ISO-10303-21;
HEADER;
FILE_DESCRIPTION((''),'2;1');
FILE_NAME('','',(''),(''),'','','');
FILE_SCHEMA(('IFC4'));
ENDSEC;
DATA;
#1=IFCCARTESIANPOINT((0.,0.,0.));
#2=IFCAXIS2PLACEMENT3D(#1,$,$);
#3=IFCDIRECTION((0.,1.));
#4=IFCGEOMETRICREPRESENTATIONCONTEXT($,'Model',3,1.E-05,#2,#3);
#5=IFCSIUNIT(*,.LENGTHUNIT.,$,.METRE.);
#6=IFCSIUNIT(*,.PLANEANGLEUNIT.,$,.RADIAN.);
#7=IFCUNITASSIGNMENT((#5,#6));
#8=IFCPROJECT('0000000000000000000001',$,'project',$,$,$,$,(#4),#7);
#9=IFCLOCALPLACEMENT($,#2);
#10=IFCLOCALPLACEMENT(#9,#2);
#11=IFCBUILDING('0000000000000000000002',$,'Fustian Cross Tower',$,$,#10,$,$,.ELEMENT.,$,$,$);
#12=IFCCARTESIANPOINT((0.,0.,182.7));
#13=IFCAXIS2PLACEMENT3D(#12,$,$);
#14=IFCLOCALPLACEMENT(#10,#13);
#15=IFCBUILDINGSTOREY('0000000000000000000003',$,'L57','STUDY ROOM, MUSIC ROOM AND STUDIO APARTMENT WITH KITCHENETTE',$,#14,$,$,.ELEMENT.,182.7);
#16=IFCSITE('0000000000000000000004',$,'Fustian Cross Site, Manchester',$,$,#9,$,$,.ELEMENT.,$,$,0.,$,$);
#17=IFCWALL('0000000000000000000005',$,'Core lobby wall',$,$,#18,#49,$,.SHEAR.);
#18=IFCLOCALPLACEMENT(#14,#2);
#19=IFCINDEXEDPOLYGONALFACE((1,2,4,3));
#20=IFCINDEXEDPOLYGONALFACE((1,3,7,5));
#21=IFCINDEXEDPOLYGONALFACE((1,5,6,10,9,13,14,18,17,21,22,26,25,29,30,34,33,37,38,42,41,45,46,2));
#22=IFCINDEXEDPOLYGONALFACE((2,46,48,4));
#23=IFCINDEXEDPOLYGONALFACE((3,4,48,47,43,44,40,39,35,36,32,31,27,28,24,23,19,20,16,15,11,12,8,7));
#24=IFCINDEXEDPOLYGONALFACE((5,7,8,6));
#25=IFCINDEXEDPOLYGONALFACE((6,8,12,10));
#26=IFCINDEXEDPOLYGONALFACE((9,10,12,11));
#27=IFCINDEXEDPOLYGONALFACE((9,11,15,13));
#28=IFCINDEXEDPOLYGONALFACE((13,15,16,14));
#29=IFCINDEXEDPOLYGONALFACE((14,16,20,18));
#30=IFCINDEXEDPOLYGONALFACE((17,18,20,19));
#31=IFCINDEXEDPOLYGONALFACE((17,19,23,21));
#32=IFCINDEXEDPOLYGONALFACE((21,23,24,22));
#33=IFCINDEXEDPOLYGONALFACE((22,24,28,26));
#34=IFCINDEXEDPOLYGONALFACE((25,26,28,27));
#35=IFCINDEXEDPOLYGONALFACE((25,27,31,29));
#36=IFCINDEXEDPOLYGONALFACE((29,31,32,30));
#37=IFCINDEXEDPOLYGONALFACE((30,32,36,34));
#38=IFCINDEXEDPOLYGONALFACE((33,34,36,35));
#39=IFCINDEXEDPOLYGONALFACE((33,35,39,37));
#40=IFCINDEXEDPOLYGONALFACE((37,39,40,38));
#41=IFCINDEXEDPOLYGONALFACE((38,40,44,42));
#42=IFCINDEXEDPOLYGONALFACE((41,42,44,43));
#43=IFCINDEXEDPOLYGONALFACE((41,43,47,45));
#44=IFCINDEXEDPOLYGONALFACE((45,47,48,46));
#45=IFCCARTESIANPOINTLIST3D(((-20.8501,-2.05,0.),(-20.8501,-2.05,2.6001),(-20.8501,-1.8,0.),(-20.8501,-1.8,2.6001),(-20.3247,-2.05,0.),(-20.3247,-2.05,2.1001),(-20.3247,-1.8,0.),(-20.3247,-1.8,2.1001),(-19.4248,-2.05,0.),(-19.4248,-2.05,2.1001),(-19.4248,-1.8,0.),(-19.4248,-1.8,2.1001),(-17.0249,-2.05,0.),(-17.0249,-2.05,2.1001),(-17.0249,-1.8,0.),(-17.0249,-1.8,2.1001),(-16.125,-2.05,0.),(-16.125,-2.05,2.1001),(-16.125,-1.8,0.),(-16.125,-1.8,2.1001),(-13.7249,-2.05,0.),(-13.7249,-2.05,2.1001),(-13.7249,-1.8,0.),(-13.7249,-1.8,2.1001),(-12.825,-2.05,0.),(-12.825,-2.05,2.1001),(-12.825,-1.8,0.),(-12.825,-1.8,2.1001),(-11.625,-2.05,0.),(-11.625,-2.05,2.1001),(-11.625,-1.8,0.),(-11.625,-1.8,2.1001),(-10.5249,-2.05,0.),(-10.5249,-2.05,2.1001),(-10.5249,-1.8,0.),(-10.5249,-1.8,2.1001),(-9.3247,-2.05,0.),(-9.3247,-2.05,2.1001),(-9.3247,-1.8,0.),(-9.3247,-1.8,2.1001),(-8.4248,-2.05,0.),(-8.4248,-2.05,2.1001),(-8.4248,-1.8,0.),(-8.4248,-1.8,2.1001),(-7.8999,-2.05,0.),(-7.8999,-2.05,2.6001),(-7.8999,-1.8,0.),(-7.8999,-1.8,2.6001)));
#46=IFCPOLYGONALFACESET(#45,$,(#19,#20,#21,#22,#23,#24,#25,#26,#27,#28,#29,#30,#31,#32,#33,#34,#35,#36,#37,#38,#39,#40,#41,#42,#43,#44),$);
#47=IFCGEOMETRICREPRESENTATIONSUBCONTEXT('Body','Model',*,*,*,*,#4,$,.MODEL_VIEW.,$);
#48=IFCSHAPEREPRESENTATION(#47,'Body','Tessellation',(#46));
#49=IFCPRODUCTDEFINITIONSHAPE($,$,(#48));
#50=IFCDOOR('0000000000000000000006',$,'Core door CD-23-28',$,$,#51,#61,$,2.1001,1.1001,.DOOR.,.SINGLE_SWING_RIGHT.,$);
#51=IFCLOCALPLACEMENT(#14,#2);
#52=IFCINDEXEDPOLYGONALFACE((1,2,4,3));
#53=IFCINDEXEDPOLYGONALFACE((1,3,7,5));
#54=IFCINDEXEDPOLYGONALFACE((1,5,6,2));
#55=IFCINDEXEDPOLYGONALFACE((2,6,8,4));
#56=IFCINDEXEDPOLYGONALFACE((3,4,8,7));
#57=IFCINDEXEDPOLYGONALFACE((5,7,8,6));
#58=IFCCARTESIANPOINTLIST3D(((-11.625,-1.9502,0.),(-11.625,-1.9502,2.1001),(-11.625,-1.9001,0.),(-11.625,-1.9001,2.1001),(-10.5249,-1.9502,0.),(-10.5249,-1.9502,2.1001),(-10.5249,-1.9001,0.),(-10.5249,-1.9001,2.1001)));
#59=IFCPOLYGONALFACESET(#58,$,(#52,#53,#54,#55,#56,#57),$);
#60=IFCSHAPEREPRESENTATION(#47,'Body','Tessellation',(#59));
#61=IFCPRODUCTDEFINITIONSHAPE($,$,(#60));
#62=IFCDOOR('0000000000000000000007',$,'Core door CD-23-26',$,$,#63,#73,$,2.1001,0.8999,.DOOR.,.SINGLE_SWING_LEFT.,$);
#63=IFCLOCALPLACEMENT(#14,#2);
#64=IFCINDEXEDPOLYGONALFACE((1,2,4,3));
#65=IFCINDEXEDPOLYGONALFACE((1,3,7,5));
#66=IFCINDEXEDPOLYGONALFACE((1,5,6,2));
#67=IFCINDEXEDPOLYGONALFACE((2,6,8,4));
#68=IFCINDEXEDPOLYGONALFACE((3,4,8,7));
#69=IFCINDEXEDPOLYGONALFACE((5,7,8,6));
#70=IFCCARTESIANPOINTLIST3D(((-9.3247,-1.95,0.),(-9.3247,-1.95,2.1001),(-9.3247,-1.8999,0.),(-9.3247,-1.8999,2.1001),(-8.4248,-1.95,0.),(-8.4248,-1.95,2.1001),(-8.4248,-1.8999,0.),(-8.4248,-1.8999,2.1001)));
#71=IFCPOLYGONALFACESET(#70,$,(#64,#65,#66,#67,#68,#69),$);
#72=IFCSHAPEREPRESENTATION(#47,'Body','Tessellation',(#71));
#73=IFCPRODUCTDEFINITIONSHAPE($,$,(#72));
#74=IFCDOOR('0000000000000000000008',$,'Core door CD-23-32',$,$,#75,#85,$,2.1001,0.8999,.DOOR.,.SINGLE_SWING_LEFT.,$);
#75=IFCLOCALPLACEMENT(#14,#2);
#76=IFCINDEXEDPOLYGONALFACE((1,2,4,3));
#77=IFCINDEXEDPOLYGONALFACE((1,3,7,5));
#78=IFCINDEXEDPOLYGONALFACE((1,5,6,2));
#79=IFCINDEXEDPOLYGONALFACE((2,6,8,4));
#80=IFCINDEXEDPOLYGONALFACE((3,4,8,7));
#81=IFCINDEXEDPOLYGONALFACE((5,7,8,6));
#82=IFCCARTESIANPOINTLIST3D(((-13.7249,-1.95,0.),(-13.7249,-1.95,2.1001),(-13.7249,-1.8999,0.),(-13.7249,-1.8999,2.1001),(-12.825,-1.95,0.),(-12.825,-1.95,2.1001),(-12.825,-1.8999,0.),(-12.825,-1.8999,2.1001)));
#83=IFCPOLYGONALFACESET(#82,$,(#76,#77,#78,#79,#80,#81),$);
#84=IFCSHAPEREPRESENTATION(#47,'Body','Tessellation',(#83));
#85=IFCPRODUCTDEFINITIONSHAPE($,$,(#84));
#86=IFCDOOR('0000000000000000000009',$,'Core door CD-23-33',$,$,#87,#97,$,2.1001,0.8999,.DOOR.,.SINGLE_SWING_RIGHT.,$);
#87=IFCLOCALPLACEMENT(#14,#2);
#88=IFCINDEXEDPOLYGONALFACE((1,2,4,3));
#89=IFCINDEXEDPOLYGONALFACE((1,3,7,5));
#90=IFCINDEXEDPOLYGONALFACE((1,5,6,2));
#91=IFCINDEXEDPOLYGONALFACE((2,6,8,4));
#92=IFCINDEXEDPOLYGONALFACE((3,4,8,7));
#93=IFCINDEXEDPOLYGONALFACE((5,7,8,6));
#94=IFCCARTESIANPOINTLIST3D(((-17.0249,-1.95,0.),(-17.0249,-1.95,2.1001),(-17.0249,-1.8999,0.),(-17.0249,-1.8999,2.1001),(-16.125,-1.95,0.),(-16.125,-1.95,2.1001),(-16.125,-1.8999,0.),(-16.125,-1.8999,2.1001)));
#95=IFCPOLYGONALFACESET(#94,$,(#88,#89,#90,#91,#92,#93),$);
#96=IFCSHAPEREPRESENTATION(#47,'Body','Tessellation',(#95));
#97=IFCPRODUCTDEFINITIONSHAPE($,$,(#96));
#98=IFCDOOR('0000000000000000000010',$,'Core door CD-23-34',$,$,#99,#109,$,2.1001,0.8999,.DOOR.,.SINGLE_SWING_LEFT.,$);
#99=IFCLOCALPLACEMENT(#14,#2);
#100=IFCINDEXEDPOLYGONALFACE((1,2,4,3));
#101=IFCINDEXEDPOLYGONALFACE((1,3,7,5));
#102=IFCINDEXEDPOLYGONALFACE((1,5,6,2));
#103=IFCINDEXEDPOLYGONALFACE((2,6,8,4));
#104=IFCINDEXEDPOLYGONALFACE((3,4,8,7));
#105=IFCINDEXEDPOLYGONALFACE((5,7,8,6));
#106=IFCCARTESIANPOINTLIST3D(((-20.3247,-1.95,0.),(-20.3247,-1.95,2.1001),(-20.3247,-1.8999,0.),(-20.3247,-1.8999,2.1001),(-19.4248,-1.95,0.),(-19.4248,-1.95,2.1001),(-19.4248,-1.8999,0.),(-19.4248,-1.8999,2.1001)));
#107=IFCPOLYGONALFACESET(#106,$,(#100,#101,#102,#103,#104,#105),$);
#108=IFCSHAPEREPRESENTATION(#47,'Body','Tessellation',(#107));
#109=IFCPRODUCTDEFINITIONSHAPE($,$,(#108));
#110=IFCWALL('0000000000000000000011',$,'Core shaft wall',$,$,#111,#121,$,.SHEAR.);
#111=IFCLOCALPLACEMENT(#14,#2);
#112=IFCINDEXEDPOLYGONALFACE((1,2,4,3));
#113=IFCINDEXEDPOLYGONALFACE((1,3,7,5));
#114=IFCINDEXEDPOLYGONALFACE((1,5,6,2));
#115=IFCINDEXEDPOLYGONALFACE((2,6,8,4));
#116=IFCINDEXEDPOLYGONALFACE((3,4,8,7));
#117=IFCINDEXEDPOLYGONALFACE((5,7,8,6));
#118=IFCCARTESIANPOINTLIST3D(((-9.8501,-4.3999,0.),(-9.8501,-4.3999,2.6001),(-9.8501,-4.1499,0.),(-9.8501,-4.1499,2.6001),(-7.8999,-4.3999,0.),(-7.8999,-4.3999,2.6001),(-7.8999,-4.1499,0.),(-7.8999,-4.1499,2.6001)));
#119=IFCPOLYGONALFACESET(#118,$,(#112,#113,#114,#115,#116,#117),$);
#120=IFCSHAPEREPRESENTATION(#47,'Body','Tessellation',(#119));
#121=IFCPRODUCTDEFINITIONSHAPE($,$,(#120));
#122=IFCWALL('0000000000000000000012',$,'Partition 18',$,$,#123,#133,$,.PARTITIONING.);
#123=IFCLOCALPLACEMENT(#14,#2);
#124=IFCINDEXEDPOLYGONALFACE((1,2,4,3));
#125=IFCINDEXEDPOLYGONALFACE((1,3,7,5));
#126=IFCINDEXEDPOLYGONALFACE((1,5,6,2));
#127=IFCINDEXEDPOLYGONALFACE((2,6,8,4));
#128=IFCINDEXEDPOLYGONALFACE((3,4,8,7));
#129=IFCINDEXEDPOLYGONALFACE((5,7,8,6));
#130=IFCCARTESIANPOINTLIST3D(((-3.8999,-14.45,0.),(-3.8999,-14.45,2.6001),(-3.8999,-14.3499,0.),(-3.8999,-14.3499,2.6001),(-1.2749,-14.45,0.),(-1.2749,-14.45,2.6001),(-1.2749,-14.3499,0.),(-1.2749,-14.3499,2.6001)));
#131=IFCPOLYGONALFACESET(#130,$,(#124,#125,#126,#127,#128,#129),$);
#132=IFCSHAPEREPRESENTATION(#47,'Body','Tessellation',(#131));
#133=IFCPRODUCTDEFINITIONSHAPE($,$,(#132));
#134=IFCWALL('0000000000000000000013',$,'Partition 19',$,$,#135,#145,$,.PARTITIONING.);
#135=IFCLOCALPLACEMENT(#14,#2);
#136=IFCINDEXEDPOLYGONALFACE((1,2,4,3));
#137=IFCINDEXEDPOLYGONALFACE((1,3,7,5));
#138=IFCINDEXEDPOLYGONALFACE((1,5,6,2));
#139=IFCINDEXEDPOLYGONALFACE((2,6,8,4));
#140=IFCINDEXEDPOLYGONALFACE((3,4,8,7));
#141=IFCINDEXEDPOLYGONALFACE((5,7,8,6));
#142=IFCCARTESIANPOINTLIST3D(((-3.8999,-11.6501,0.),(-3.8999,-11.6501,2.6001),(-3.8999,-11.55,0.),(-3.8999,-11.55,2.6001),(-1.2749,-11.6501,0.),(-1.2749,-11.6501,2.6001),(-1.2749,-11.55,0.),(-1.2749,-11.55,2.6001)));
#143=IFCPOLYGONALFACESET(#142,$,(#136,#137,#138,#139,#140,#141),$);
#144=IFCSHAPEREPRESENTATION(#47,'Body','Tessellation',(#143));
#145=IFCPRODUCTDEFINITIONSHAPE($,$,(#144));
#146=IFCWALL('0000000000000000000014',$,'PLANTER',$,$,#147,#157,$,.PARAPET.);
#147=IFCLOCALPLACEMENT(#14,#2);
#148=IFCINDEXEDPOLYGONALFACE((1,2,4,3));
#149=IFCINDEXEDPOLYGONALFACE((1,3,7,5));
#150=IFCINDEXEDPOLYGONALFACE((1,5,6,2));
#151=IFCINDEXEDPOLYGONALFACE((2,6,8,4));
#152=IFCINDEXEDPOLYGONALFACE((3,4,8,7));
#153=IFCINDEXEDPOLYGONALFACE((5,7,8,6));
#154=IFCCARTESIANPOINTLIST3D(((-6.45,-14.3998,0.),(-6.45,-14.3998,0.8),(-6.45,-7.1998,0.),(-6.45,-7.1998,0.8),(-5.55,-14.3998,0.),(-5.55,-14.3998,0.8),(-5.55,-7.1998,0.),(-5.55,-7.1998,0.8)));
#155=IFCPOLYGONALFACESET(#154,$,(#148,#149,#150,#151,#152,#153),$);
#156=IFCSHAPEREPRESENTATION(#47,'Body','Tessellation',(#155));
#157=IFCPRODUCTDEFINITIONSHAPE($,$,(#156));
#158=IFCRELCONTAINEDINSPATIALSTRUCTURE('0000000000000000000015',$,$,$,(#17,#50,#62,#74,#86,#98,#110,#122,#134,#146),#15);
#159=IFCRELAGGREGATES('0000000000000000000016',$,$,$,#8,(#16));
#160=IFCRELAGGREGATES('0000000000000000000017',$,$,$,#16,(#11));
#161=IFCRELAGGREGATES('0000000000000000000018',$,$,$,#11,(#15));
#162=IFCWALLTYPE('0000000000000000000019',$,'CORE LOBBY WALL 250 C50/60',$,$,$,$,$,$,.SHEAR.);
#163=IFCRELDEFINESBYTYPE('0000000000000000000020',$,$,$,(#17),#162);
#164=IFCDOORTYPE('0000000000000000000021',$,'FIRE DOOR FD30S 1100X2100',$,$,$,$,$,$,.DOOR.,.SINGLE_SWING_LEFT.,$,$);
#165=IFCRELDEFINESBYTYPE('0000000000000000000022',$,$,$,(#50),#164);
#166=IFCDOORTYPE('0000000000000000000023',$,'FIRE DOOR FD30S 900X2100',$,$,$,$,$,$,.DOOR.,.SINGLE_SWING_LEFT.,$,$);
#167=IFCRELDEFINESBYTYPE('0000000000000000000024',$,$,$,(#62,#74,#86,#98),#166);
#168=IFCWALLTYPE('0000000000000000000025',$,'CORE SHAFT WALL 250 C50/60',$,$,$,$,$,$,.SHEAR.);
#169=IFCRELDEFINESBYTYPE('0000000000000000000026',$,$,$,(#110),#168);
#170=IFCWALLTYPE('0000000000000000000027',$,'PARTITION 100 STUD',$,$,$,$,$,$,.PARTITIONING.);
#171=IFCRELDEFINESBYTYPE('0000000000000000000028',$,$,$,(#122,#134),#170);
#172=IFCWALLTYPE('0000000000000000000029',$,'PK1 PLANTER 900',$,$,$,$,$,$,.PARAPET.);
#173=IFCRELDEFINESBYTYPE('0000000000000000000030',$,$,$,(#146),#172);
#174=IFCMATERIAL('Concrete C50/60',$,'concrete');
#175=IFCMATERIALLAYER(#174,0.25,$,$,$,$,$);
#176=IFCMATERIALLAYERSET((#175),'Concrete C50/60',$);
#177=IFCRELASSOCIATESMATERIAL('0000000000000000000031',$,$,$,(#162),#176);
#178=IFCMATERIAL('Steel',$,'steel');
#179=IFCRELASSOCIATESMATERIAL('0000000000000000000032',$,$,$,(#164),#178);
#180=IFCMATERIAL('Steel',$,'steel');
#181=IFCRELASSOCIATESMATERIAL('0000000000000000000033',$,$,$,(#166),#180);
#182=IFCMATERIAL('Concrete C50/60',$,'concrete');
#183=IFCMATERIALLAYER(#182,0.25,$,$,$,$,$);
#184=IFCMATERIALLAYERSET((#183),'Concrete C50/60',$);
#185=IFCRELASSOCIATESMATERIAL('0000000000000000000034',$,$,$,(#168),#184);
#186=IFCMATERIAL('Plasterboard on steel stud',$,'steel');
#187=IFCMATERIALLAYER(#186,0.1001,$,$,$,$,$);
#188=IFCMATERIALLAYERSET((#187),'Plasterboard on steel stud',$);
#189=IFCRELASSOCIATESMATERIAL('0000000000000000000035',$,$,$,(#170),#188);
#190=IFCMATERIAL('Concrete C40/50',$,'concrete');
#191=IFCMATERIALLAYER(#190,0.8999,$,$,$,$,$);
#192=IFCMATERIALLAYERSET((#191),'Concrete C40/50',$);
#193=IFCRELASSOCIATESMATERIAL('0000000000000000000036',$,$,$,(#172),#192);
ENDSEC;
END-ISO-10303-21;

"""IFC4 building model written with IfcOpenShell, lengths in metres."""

from ifc_helpers import new_model, si_unit, direction, frame, frame_2d, origin, place, context, subcontext, project, spatial, rectangle, extrude, material, layer, layer_set, type_object, element, fill, save


model = new_model("IFC4")

# Units and contexts
model_context = context("Model", 3, precision=1e-05, world=origin(), true_north=direction((0.0, 1.0)))
body_context = subcontext(model_context, "Body", "Model", "MODEL_VIEW")
ifc_project = project(units=[si_unit("LENGTHUNIT", "METRE"), si_unit("PLANEANGLEUNIT", "RADIAN")], contexts=[model_context])

# Site, building, storey
site_placement = place(None, origin())
site = spatial("IfcSite", under=ifc_project, at=site_placement, Name="Fustian Cross Site, Manchester", CompositionType="ELEMENT", RefElevation=0.0)
building_placement = place(site_placement, origin())
building = spatial("IfcBuilding", under=site, at=building_placement, Name="Fustian Cross Tower", CompositionType="ELEMENT")
storey_placement = place(building_placement, frame((0.0, 0.0, 182.7)))
storey = spatial("IfcBuildingStorey", under=building, at=storey_placement, Name="L57", Description="STUDY ROOM, MUSIC ROOM AND STUDIO APARTMENT WITH KITCHENETTE", CompositionType="ELEMENT", Elevation=182.7)

# Wall, openings, doors
ifc_material_1 = material(Name="Concrete C50/60", Category="concrete")
ifc_layer_1 = layer(ifc_material_1, 0.25)
ifc_layer_set_1 = layer_set([ifc_layer_1], Name="Concrete C50/60")
wall_type_1 = type_object("IfcWallType", Name="CORE LOBBY WALL 250 C50/60", PredefinedType="SHEAR", material=ifc_layer_set_1)
wall_1_placement = place(storey_placement, frame((-7.8999, -1.925, 0.0), z_axis=(0.0, 0.0, 1.0), x_axis=(-1.0, 0.0, 0.0)))
wall_1 = element("IfcWall", 1, at=wall_1_placement, inside=storey, type_object=wall_type_1, Name="Core lobby wall", PredefinedType="SHEAR", context=body_context, shape_type="SweptSolid", body=[
    extrude(rectangle(XDim=12.9502, YDim=0.25, at=frame_2d((6.4751, 0.0))), origin(), (0.0, 0.0, 1.0), 2.6001),
])
opening_1_placement = place(wall_1_placement, frame((0.5249, 0.0, 0.0)))
opening_1 = element("IfcOpeningElement", 2, at=opening_1_placement, cuts=wall_1, PredefinedType="OPENING", context=body_context, shape_type="SweptSolid", body=[
    extrude(rectangle(XDim=0.8999, YDim=2.1001, at=frame_2d((0.45, 1.05))), frame((0.0, 0.135, 0.0), z_axis=(0.0, -1.0, 0.0), x_axis=(1.0, 0.0, 0.0)), (0.0, 0.0, 1.0), 0.27),
])
opening_2_placement = place(wall_1_placement, frame((2.625, 0.0, 0.0)))
opening_2 = element("IfcOpeningElement", 3, at=opening_2_placement, cuts=wall_1, PredefinedType="OPENING", context=body_context, shape_type="SweptSolid", body=[
    extrude(rectangle(XDim=1.1001, YDim=2.1001, at=frame_2d((0.55, 1.05))), frame((0.0, 0.135, 0.0), z_axis=(0.0, -1.0, 0.0), x_axis=(1.0, 0.0, 0.0)), (0.0, 0.0, 1.0), 0.27),
])
opening_3_placement = place(wall_1_placement, frame((4.925, 0.0, 0.0)))
opening_3 = element("IfcOpeningElement", 4, at=opening_3_placement, cuts=wall_1, PredefinedType="OPENING", context=body_context, shape_type="SweptSolid", body=[
    extrude(rectangle(XDim=0.8999, YDim=2.1001, at=frame_2d((0.45, 1.05))), frame((0.0, 0.135, 0.0), z_axis=(0.0, -1.0, 0.0), x_axis=(1.0, 0.0, 0.0)), (0.0, 0.0, 1.0), 0.27),
])
opening_4_placement = place(wall_1_placement, frame((8.2251, 0.0, 0.0)))
opening_4 = element("IfcOpeningElement", 5, at=opening_4_placement, cuts=wall_1, PredefinedType="OPENING", context=body_context, shape_type="SweptSolid", body=[
    extrude(rectangle(XDim=0.8999, YDim=2.1001, at=frame_2d((0.45, 1.05))), frame((0.0, 0.135, 0.0), z_axis=(0.0, -1.0, 0.0), x_axis=(1.0, 0.0, 0.0)), (0.0, 0.0, 1.0), 0.27),
])
opening_5_placement = place(wall_1_placement, frame((11.5249, 0.0, 0.0)))
opening_5 = element("IfcOpeningElement", 6, at=opening_5_placement, cuts=wall_1, PredefinedType="OPENING", context=body_context, shape_type="SweptSolid", body=[
    extrude(rectangle(XDim=0.8999, YDim=2.1001, at=frame_2d((0.45, 1.05))), frame((0.0, 0.135, 0.0), z_axis=(0.0, -1.0, 0.0), x_axis=(1.0, 0.0, 0.0)), (0.0, 0.0, 1.0), 0.27),
])
ifc_material_2 = material(Name="Steel", Category="steel")
door_type_1 = type_object("IfcDoorType", Name="FIRE DOOR FD30S 1100X2100", OperationType="SINGLE_SWING_LEFT", PredefinedType="DOOR", material=ifc_material_2)
door_1_placement = place(opening_2_placement, frame((1.1001, 0.0, 0.0), z_axis=(0.0, 0.0, 1.0), x_axis=(-1.0, 0.0, 0.0)))
door_1 = element("IfcDoor", 7, at=door_1_placement, inside=storey, type_object=door_type_1, Name="Core door CD-23-28", OperationType="SINGLE_SWING_RIGHT", OverallHeight=2.1001, OverallWidth=1.1001, PredefinedType="DOOR", context=body_context, shape_type="SweptSolid", body=[
    extrude(rectangle(XDim=1.1001, YDim=2.1001, at=frame_2d((0.55, 1.05))), frame((0.0, 0.0249, 0.0), z_axis=(0.0, -1.0, 0.0), x_axis=(1.0, 0.0, 0.0)), (0.0, 0.0, 1.0), 0.05),
])
fill(opening_2, door_1)
ifc_material_3 = material(Name="Steel", Category="steel")
door_type_2 = type_object("IfcDoorType", Name="FIRE DOOR FD30S 900X2100", OperationType="SINGLE_SWING_LEFT", PredefinedType="DOOR", material=ifc_material_3)
door_2_placement = place(opening_1_placement, origin())
door_2 = element("IfcDoor", 8, at=door_2_placement, inside=storey, type_object=door_type_2, Name="Core door CD-23-26", OperationType="SINGLE_SWING_LEFT", OverallHeight=2.1001, OverallWidth=0.8999, PredefinedType="DOOR", context=body_context, shape_type="SweptSolid", body=[
    extrude(rectangle(XDim=0.8999, YDim=2.1001, at=frame_2d((0.45, 1.05))), frame((0.0, 0.0249, 0.0), z_axis=(0.0, -1.0, 0.0), x_axis=(1.0, 0.0, 0.0)), (0.0, 0.0, 1.0), 0.05),
])
fill(opening_1, door_2)
door_3_placement = place(opening_3_placement, origin())
door_3 = element("IfcDoor", 9, at=door_3_placement, inside=storey, type_object=door_type_2, Name="Core door CD-23-32", OperationType="SINGLE_SWING_LEFT", OverallHeight=2.1001, OverallWidth=0.8999, PredefinedType="DOOR", context=body_context, shape_type="SweptSolid", body=[
    extrude(rectangle(XDim=0.8999, YDim=2.1001, at=frame_2d((0.45, 1.05))), frame((0.0, 0.0249, 0.0), z_axis=(0.0, -1.0, 0.0), x_axis=(1.0, 0.0, 0.0)), (0.0, 0.0, 1.0), 0.05),
])
fill(opening_3, door_3)
door_4_placement = place(opening_4_placement, origin())
door_4 = element("IfcDoor", 10, at=door_4_placement, inside=storey, type_object=door_type_2, Name="Core door CD-23-33", OperationType="SINGLE_SWING_RIGHT", OverallHeight=2.1001, OverallWidth=0.8999, PredefinedType="DOOR", context=body_context, shape_type="SweptSolid", body=[
    extrude(rectangle(XDim=0.8999, YDim=2.1001, at=frame_2d((0.45, 1.05))), frame((0.0, 0.0249, 0.0), z_axis=(0.0, -1.0, 0.0), x_axis=(1.0, 0.0, 0.0)), (0.0, 0.0, 1.0), 0.05),
])
fill(opening_4, door_4)
door_5_placement = place(opening_5_placement, origin())
door_5 = element("IfcDoor", 11, at=door_5_placement, inside=storey, type_object=door_type_2, Name="Core door CD-23-34", OperationType="SINGLE_SWING_LEFT", OverallHeight=2.1001, OverallWidth=0.8999, PredefinedType="DOOR", context=body_context, shape_type="SweptSolid", body=[
    extrude(rectangle(XDim=0.8999, YDim=2.1001, at=frame_2d((0.45, 1.05))), frame((0.0, 0.0249, 0.0), z_axis=(0.0, -1.0, 0.0), x_axis=(1.0, 0.0, 0.0)), (0.0, 0.0, 1.0), 0.05),
])
fill(opening_5, door_5)

# Walls
ifc_material_4 = material(Name="Concrete C50/60", Category="concrete")
ifc_layer_2 = layer(ifc_material_4, 0.25)
ifc_layer_set_2 = layer_set([ifc_layer_2], Name="Concrete C50/60")
wall_type_2 = type_object("IfcWallType", Name="CORE SHAFT WALL 250 C50/60", PredefinedType="SHEAR", material=ifc_layer_set_2)
wall_2_placement = place(storey_placement, frame((-7.8999, -4.2749, 0.0), z_axis=(0.0, 0.0, 1.0), x_axis=(-1.0, 0.0, 0.0)))
element("IfcWall", 12, at=wall_2_placement, inside=storey, type_object=wall_type_2, Name="Core shaft wall", PredefinedType="SHEAR", context=body_context, shape_type="SweptSolid", body=[
    extrude(rectangle(XDim=1.9502, YDim=0.25, at=frame_2d((0.9751, 0.0))), origin(), (0.0, 0.0, 1.0), 2.6001),
])
ifc_material_5 = material(Name="Plasterboard on steel stud", Category="steel")
ifc_layer_3 = layer(ifc_material_5, 0.1001)
ifc_layer_set_3 = layer_set([ifc_layer_3], Name="Plasterboard on steel stud")
wall_type_3 = type_object("IfcWallType", Name="PARTITION 100 STUD", PredefinedType="PARTITIONING", material=ifc_layer_set_3)
for number, where, z_axis, x_axis, name in (
    (13, (-3.8999, -14.3999, 0.0), (0.0, 0.0, 1.0), (1.0, 0.0, 0.0), "Partition 18"),
    (14, (-3.8999, -11.6001, 0.0), (0.0, 0.0, 1.0), (1.0, 0.0, 0.0), "Partition 19"),
):
    element("IfcWall", number, at=place(storey_placement, frame(where, z_axis=z_axis, x_axis=x_axis)), inside=storey, type_object=wall_type_3, Name=name, PredefinedType="PARTITIONING", context=body_context, shape_type="SweptSolid", body=[
        extrude(rectangle(XDim=2.625, YDim=0.1001, at=frame_2d((1.3125, 0.0))), origin(), (0.0, 0.0, 1.0), 2.6001),
    ])
ifc_material_6 = material(Name="Concrete C40/50", Category="concrete")
ifc_layer_4 = layer(ifc_material_6, 0.8999)
ifc_layer_set_4 = layer_set([ifc_layer_4], Name="Concrete C40/50")
wall_type_4 = type_object("IfcWallType", Name="PK1 PLANTER 900", PredefinedType="PARAPET", material=ifc_layer_set_4)
wall_3_placement = place(storey_placement, frame((-6.0, -14.3999, 0.0), z_axis=(0.0, 0.0, 1.0), x_axis=(0.0, 1.0, 0.0)))
element("IfcWall", 15, at=wall_3_placement, inside=storey, type_object=wall_type_4, Name="PLANTER", PredefinedType="PARAPET", context=body_context, shape_type="SweptSolid", body=[
    extrude(rectangle(XDim=7.2, YDim=0.8999, at=frame_2d((3.6001, 0.0))), origin(), (0.0, 0.0, 1.0), 0.8),
])

save(model, "model.ifc")
